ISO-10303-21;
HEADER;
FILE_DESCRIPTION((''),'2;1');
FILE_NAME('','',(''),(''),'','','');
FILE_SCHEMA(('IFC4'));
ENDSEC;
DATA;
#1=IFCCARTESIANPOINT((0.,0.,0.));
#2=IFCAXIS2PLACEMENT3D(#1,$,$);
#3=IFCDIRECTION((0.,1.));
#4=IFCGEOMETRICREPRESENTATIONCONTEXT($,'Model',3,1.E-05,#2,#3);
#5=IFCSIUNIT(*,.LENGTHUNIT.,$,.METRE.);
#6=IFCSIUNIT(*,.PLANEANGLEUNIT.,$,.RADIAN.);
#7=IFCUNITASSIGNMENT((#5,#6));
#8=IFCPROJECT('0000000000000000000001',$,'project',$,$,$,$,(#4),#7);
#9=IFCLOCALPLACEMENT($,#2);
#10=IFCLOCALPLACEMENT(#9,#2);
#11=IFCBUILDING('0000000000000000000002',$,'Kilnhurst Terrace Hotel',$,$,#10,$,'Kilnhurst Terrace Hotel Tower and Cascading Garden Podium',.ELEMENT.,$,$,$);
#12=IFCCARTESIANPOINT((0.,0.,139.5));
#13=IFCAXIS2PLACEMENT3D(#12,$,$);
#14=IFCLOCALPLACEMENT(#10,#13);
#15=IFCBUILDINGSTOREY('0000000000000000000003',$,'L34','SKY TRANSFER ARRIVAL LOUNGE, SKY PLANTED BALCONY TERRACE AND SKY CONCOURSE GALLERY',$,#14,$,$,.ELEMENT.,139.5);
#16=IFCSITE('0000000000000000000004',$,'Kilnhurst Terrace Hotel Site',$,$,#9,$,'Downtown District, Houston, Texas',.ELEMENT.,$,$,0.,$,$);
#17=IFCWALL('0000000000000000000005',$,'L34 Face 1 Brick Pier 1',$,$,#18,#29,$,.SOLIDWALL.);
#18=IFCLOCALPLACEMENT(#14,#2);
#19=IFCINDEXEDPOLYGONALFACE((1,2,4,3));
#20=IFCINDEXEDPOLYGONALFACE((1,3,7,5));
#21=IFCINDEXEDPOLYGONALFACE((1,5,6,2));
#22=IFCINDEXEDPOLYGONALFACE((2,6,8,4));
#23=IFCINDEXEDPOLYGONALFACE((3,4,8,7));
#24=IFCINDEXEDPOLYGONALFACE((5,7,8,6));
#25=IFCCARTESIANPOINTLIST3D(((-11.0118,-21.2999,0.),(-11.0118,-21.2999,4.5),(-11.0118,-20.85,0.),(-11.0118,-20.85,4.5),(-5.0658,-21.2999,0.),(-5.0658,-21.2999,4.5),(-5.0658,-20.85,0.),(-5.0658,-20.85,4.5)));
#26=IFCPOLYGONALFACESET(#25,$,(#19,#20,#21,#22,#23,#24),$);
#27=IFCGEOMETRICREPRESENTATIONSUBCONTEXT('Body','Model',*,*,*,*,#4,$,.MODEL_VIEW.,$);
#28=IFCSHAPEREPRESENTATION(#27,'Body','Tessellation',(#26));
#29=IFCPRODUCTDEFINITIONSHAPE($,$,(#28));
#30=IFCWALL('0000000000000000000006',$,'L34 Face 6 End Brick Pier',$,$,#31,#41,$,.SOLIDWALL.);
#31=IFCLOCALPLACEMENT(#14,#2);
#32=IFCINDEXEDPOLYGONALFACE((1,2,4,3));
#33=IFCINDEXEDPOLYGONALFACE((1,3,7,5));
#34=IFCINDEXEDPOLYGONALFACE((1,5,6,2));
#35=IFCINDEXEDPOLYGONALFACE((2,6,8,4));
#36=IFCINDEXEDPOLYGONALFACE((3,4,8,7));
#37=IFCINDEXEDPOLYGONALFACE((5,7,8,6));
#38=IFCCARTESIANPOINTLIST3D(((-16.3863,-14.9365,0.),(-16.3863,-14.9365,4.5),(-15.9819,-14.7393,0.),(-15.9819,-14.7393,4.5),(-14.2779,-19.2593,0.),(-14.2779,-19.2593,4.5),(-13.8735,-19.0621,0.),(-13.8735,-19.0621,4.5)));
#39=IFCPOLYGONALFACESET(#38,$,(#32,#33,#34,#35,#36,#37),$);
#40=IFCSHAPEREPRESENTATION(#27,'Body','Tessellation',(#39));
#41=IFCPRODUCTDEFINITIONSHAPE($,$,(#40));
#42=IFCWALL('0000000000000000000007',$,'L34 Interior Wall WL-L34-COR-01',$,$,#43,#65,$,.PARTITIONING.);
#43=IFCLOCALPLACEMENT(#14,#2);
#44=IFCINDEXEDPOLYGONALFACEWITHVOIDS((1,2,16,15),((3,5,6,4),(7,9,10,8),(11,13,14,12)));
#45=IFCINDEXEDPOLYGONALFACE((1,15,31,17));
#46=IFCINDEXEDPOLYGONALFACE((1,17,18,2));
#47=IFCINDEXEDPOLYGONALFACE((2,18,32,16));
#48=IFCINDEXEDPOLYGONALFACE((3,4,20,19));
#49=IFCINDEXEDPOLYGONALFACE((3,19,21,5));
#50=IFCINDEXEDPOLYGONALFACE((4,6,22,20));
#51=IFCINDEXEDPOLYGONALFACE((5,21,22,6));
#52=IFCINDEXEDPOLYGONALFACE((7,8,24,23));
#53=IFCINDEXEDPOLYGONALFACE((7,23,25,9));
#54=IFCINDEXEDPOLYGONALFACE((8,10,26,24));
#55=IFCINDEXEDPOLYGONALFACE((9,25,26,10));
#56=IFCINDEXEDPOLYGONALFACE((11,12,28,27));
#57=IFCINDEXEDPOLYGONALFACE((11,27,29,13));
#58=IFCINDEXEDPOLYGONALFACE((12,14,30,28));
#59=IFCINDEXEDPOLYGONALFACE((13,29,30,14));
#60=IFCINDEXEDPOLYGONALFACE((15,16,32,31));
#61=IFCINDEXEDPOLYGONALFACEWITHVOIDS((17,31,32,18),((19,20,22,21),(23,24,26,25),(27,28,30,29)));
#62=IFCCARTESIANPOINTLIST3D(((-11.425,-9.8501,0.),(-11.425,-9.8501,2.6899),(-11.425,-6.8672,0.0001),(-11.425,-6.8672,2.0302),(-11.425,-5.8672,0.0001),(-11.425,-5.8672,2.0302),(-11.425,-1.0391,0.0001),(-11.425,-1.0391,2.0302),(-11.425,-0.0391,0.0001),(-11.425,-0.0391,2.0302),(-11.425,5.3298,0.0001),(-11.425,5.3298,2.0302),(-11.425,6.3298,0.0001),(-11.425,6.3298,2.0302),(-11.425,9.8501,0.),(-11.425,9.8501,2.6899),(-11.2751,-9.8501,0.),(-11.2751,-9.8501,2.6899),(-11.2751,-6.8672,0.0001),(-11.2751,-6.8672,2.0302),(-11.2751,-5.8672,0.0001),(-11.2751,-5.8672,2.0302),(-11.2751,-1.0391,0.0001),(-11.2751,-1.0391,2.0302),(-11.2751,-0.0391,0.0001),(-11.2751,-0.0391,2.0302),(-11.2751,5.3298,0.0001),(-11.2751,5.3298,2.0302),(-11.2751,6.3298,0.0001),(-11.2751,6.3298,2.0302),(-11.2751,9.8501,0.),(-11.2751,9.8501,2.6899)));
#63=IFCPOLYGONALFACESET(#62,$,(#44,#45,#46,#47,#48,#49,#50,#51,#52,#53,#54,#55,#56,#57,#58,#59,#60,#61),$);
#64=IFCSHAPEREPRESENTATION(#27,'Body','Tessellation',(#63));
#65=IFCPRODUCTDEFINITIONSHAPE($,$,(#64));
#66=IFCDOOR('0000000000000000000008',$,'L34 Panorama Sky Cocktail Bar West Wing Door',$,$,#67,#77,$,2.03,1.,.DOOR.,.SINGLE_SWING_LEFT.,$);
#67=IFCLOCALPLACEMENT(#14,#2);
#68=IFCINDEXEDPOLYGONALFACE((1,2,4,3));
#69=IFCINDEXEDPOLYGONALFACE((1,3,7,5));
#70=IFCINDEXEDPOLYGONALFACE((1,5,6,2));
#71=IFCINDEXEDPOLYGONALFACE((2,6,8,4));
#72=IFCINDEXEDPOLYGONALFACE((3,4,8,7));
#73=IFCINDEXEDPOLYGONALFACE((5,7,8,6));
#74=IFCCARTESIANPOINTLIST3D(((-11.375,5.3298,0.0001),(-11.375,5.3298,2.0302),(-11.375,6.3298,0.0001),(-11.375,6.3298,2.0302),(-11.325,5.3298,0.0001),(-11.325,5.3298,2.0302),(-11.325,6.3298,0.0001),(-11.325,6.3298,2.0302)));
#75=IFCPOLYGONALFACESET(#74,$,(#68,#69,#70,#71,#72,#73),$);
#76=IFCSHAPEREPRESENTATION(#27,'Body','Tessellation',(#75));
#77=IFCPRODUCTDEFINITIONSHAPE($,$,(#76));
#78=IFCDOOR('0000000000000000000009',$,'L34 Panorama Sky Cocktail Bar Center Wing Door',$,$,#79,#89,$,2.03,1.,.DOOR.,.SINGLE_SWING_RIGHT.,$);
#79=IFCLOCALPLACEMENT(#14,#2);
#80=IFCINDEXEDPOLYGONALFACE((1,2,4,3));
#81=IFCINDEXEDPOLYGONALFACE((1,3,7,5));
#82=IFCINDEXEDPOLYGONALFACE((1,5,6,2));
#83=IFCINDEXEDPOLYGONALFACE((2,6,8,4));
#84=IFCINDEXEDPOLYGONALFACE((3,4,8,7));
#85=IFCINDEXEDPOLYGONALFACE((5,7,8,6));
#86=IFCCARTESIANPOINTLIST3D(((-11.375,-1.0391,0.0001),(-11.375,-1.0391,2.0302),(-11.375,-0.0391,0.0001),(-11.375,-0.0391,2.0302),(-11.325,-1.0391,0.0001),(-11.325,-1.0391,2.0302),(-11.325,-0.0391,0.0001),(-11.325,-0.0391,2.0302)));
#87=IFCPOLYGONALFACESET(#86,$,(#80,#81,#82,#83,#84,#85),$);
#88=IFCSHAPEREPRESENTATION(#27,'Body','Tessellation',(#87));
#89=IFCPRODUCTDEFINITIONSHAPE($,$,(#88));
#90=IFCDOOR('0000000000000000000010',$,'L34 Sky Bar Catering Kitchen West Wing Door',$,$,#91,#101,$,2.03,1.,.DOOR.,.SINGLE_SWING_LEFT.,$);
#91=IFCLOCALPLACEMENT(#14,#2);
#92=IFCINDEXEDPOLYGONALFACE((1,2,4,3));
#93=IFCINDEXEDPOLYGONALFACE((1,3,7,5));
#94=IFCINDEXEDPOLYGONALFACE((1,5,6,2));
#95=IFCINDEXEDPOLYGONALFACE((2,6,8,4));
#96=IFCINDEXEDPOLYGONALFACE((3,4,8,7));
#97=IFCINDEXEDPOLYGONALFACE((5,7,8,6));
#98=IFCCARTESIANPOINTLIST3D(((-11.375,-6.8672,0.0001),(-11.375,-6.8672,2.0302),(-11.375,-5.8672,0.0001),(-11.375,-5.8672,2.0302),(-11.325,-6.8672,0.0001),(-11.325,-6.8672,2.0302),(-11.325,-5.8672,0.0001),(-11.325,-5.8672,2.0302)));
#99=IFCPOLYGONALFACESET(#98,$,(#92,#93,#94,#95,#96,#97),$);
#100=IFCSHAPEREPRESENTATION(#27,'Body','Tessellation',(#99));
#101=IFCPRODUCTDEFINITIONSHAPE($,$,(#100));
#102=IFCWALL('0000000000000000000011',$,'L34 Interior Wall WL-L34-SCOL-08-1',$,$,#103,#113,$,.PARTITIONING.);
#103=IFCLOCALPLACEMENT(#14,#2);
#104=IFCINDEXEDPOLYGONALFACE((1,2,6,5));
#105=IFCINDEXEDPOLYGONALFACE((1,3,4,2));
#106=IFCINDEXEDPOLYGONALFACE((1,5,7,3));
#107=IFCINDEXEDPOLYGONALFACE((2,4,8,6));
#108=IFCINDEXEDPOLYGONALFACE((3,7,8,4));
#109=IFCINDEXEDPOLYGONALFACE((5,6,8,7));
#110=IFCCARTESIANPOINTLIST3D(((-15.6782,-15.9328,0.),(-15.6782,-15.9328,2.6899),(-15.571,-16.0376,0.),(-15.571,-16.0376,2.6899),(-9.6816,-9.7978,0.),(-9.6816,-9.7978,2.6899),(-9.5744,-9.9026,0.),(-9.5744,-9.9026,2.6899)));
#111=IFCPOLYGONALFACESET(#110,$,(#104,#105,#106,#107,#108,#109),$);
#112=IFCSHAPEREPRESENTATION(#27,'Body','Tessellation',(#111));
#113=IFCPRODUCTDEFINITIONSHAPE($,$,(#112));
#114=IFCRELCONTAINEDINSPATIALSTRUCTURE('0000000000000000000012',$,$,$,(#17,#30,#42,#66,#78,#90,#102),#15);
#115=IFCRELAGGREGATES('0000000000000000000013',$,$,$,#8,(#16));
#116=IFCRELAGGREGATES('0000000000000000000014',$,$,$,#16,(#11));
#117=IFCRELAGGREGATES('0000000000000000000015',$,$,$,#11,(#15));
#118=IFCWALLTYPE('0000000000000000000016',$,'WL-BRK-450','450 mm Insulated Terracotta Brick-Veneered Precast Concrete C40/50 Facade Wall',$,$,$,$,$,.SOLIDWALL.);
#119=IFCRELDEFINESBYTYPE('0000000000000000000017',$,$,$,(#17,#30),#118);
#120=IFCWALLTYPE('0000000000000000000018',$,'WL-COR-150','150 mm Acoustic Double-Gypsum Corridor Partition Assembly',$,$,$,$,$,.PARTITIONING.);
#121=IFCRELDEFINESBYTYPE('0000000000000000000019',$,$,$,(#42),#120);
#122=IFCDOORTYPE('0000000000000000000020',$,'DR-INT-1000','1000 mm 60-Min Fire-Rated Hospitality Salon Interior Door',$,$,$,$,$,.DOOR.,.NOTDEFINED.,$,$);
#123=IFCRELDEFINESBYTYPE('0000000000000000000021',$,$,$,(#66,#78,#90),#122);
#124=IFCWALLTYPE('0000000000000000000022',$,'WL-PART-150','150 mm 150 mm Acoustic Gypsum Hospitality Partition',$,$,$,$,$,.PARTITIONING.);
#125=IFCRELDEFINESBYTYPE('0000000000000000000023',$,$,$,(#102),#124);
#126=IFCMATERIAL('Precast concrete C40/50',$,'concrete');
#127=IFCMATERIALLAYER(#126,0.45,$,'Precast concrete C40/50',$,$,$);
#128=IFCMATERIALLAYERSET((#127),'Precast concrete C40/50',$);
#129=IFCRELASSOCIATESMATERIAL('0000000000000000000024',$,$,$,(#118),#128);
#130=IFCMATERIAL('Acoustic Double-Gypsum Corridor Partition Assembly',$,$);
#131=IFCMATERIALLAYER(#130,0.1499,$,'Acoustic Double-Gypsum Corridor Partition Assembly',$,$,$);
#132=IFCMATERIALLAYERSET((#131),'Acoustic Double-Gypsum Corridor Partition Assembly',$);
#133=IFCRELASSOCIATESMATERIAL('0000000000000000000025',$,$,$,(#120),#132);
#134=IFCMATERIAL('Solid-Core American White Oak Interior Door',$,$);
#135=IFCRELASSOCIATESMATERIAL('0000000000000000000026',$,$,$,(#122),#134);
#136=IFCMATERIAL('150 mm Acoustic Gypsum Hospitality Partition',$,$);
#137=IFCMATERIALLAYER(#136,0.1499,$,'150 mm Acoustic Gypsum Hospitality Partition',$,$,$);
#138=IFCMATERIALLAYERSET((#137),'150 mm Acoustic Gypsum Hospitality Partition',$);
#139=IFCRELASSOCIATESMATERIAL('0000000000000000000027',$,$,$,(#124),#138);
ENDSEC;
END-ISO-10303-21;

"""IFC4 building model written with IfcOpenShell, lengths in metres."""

from ifc_helpers import new_model, si_unit, direction, frame, frame_2d, origin, place, context, subcontext, project, spatial, rectangle, extrude, material, layer, layer_set, type_object, element, fill, save


model = new_model("IFC4")

# Units and contexts
model_context = context("Model", 3, precision=1e-05, world=origin(), true_north=direction((0.0, 1.0)))
body_context = subcontext(model_context, "Body", "Model", "MODEL_VIEW")
ifc_project = project(units=[si_unit("LENGTHUNIT", "METRE"), si_unit("PLANEANGLEUNIT", "RADIAN")], contexts=[model_context])

# Site, building, storey
site_placement = place(None, origin())
site = spatial("IfcSite", under=ifc_project, at=site_placement, Name="Kilnhurst Terrace Hotel Site", LongName="Downtown District, Houston, Texas", CompositionType="ELEMENT", RefElevation=0.0)
building_placement = place(site_placement, origin())
building = spatial("IfcBuilding", under=site, at=building_placement, Name="Kilnhurst Terrace Hotel", LongName="Kilnhurst Terrace Hotel Tower and Cascading Garden Podium", CompositionType="ELEMENT")
storey_placement = place(building_placement, frame((0.0, 0.0, 139.5)))
storey = spatial("IfcBuildingStorey", under=building, at=storey_placement, Name="L34", Description="SKY TRANSFER ARRIVAL LOUNGE, SKY PLANTED BALCONY TERRACE AND SKY CONCOURSE GALLERY", CompositionType="ELEMENT", Elevation=139.5)

# Walls
ifc_material_1 = material(Name="Precast concrete C40/50", Category="concrete")
ifc_layer_1 = layer(ifc_material_1, 0.45, Name="Precast concrete C40/50")
ifc_layer_set_1 = layer_set([ifc_layer_1], Name="Precast concrete C40/50")
wall_type_1 = type_object("IfcWallType", Name="WL-BRK-450", Description="450 mm Insulated Terracotta Brick-Veneered Precast Concrete C40/50 Facade Wall", PredefinedType="SOLIDWALL", material=ifc_layer_set_1)
wall_1_placement = place(storey_placement, frame((-11.012, -21.075, 0.0), z_axis=(0.0, 0.0, 1.0), x_axis=(1.0, 0.0, 0.0)))
element("IfcWall", 1, at=wall_1_placement, inside=storey, type_object=wall_type_1, Name="L34 Face 1 Brick Pier 1", PredefinedType="SOLIDWALL", context=body_context, shape_type="SweptSolid", body=[
    extrude(rectangle(XDim=5.946, YDim=0.45, at=frame_2d((2.9731, 0.0))), origin(), (0.0, 0.0, 1.0), 4.5),
])
wall_2_placement = place(storey_placement, frame((-16.1841, -14.8379, 0.0), z_axis=(0.0, 0.0, 1.0), x_axis=(0.43838, -0.89879, 0.0)))
element("IfcWall", 2, at=wall_2_placement, inside=storey, type_object=wall_type_1, Name="L34 Face 6 End Brick Pier", PredefinedType="SOLIDWALL", context=body_context, shape_type="SweptSolid", body=[
    extrude(rectangle(XDim=4.8096, YDim=0.45, at=frame_2d((2.4048, 0.0))), origin(), (0.0, 0.0, 1.0), 4.5),
])

# Wall, openings, doors
ifc_material_2 = material(Name="Acoustic Double-Gypsum Corridor Partition Assembly")
ifc_layer_2 = layer(ifc_material_2, 0.1499, Name="Acoustic Double-Gypsum Corridor Partition Assembly")
ifc_layer_set_2 = layer_set([ifc_layer_2], Name="Acoustic Double-Gypsum Corridor Partition Assembly")
wall_type_2 = type_object("IfcWallType", Name="WL-COR-150", Description="150 mm Acoustic Double-Gypsum Corridor Partition Assembly", PredefinedType="PARTITIONING", material=ifc_layer_set_2)
wall_3_placement = place(storey_placement, frame((-11.3501, -9.8501, 0.0), z_axis=(0.0, 0.0, 1.0), x_axis=(0.0, 1.0, 0.0)))
wall_3 = element("IfcWall", 3, at=wall_3_placement, inside=storey, type_object=wall_type_2, Name="L34 Interior Wall WL-L34-COR-01", PredefinedType="PARTITIONING", context=body_context, shape_type="SweptSolid", body=[
    extrude(rectangle(XDim=19.7002, YDim=0.1499, at=frame_2d((9.8501, 0.0))), origin(), (0.0, 0.0, 1.0), 2.6899),
])
opening_1_placement = place(wall_3_placement, frame((15.1799, 0.0, 0.0)))
opening_1 = element("IfcOpeningElement", 4, at=opening_1_placement, cuts=wall_3, PredefinedType="OPENING", context=body_context, shape_type="SweptSolid", body=[
    extrude(rectangle(XDim=1.0, YDim=2.03, at=frame_2d((0.5, 1.0151))), frame((0.0, 0.085, 0.0), z_axis=(0.0, -1.0, 0.0), x_axis=(1.0, 0.0, 0.0)), (0.0, 0.0, 1.0), 0.1699),
])
opening_2_placement = place(wall_3_placement, frame((8.811, 0.0, 0.0)))
opening_2 = element("IfcOpeningElement", 5, at=opening_2_placement, cuts=wall_3, PredefinedType="OPENING", context=body_context, shape_type="SweptSolid", body=[
    extrude(rectangle(XDim=1.0, YDim=2.03, at=frame_2d((0.5, 1.0151))), frame((0.0, 0.085, 0.0), z_axis=(0.0, -1.0, 0.0), x_axis=(1.0, 0.0, 0.0)), (0.0, 0.0, 1.0), 0.1699),
])
opening_3_placement = place(wall_3_placement, frame((2.9829, 0.0, 0.0)))
opening_3 = element("IfcOpeningElement", 6, at=opening_3_placement, cuts=wall_3, PredefinedType="OPENING", context=body_context, shape_type="SweptSolid", body=[
    extrude(rectangle(XDim=1.0, YDim=2.03, at=frame_2d((0.5, 1.0151))), frame((0.0, 0.085, 0.0), z_axis=(0.0, -1.0, 0.0), x_axis=(1.0, 0.0, 0.0)), (0.0, 0.0, 1.0), 0.1699),
])
ifc_material_3 = material(Name="Solid-Core American White Oak Interior Door")
door_type = type_object("IfcDoorType", Name="DR-INT-1000", Description="1000 mm 60-Min Fire-Rated Hospitality Salon Interior Door", OperationType="NOTDEFINED", PredefinedType="DOOR", material=ifc_material_3)
door_1_placement = place(opening_1_placement, origin())
door_1 = element("IfcDoor", 7, at=door_1_placement, inside=storey, type_object=door_type, Name="L34 Panorama Sky Cocktail Bar West Wing Door", OperationType="SINGLE_SWING_LEFT", OverallHeight=2.03, OverallWidth=1.0, PredefinedType="DOOR", context=body_context, shape_type="SweptSolid", body=[
    extrude(rectangle(XDim=1.0, YDim=2.03, at=frame_2d((0.5, 1.0151))), frame((0.0, 0.0249, 0.0), z_axis=(0.0, -1.0, 0.0), x_axis=(1.0, 0.0, 0.0)), (0.0, 0.0, 1.0), 0.05),
])
fill(opening_1, door_1)
door_2_placement = place(opening_2_placement, origin())
door_2 = element("IfcDoor", 8, at=door_2_placement, inside=storey, type_object=door_type, Name="L34 Panorama Sky Cocktail Bar Center Wing Door", OperationType="SINGLE_SWING_RIGHT", OverallHeight=2.03, OverallWidth=1.0, PredefinedType="DOOR", context=body_context, shape_type="SweptSolid", body=[
    extrude(rectangle(XDim=1.0, YDim=2.03, at=frame_2d((0.5, 1.0151))), frame((0.0, 0.0249, 0.0), z_axis=(0.0, -1.0, 0.0), x_axis=(1.0, 0.0, 0.0)), (0.0, 0.0, 1.0), 0.05),
])
fill(opening_2, door_2)
door_3_placement = place(opening_3_placement, origin())
door_3 = element("IfcDoor", 9, at=door_3_placement, inside=storey, type_object=door_type, Name="L34 Sky Bar Catering Kitchen West Wing Door", OperationType="SINGLE_SWING_LEFT", OverallHeight=2.03, OverallWidth=1.0, PredefinedType="DOOR", context=body_context, shape_type="SweptSolid", body=[
    extrude(rectangle(XDim=1.0, YDim=2.03, at=frame_2d((0.5, 1.0151))), frame((0.0, 0.0249, 0.0), z_axis=(0.0, -1.0, 0.0), x_axis=(1.0, 0.0, 0.0)), (0.0, 0.0, 1.0), 0.05),
])
fill(opening_3, door_3)

# Wall
ifc_material_4 = material(Name="150 mm Acoustic Gypsum Hospitality Partition")
ifc_layer_3 = layer(ifc_material_4, 0.1499, Name="150 mm Acoustic Gypsum Hospitality Partition")
ifc_layer_set_3 = layer_set([ifc_layer_3], Name="150 mm Acoustic Gypsum Hospitality Partition")
wall_type_3 = type_object("IfcWallType", Name="WL-PART-150", Description="150 mm 150 mm Acoustic Gypsum Hospitality Partition", PredefinedType="PARTITIONING", material=ifc_layer_set_3)
wall_4_placement = place(storey_placement, frame((-9.6279, -9.8501, 0.0), z_axis=(0.0, 0.0, 1.0), x_axis=(-0.698993, -0.715129, 0.0)))
element("IfcWall", 10, at=wall_4_placement, inside=storey, type_object=wall_type_3, Name="L34 Interior Wall WL-L34-SCOL-08-1", PredefinedType="PARTITIONING", context=body_context, shape_type="SweptSolid", body=[
    extrude(rectangle(XDim=8.5789, YDim=0.1499, at=frame_2d((4.2896, 0.0))), origin(), (0.0, 0.0, 1.0), 2.6899),
])

save(model, "model.ifc")
